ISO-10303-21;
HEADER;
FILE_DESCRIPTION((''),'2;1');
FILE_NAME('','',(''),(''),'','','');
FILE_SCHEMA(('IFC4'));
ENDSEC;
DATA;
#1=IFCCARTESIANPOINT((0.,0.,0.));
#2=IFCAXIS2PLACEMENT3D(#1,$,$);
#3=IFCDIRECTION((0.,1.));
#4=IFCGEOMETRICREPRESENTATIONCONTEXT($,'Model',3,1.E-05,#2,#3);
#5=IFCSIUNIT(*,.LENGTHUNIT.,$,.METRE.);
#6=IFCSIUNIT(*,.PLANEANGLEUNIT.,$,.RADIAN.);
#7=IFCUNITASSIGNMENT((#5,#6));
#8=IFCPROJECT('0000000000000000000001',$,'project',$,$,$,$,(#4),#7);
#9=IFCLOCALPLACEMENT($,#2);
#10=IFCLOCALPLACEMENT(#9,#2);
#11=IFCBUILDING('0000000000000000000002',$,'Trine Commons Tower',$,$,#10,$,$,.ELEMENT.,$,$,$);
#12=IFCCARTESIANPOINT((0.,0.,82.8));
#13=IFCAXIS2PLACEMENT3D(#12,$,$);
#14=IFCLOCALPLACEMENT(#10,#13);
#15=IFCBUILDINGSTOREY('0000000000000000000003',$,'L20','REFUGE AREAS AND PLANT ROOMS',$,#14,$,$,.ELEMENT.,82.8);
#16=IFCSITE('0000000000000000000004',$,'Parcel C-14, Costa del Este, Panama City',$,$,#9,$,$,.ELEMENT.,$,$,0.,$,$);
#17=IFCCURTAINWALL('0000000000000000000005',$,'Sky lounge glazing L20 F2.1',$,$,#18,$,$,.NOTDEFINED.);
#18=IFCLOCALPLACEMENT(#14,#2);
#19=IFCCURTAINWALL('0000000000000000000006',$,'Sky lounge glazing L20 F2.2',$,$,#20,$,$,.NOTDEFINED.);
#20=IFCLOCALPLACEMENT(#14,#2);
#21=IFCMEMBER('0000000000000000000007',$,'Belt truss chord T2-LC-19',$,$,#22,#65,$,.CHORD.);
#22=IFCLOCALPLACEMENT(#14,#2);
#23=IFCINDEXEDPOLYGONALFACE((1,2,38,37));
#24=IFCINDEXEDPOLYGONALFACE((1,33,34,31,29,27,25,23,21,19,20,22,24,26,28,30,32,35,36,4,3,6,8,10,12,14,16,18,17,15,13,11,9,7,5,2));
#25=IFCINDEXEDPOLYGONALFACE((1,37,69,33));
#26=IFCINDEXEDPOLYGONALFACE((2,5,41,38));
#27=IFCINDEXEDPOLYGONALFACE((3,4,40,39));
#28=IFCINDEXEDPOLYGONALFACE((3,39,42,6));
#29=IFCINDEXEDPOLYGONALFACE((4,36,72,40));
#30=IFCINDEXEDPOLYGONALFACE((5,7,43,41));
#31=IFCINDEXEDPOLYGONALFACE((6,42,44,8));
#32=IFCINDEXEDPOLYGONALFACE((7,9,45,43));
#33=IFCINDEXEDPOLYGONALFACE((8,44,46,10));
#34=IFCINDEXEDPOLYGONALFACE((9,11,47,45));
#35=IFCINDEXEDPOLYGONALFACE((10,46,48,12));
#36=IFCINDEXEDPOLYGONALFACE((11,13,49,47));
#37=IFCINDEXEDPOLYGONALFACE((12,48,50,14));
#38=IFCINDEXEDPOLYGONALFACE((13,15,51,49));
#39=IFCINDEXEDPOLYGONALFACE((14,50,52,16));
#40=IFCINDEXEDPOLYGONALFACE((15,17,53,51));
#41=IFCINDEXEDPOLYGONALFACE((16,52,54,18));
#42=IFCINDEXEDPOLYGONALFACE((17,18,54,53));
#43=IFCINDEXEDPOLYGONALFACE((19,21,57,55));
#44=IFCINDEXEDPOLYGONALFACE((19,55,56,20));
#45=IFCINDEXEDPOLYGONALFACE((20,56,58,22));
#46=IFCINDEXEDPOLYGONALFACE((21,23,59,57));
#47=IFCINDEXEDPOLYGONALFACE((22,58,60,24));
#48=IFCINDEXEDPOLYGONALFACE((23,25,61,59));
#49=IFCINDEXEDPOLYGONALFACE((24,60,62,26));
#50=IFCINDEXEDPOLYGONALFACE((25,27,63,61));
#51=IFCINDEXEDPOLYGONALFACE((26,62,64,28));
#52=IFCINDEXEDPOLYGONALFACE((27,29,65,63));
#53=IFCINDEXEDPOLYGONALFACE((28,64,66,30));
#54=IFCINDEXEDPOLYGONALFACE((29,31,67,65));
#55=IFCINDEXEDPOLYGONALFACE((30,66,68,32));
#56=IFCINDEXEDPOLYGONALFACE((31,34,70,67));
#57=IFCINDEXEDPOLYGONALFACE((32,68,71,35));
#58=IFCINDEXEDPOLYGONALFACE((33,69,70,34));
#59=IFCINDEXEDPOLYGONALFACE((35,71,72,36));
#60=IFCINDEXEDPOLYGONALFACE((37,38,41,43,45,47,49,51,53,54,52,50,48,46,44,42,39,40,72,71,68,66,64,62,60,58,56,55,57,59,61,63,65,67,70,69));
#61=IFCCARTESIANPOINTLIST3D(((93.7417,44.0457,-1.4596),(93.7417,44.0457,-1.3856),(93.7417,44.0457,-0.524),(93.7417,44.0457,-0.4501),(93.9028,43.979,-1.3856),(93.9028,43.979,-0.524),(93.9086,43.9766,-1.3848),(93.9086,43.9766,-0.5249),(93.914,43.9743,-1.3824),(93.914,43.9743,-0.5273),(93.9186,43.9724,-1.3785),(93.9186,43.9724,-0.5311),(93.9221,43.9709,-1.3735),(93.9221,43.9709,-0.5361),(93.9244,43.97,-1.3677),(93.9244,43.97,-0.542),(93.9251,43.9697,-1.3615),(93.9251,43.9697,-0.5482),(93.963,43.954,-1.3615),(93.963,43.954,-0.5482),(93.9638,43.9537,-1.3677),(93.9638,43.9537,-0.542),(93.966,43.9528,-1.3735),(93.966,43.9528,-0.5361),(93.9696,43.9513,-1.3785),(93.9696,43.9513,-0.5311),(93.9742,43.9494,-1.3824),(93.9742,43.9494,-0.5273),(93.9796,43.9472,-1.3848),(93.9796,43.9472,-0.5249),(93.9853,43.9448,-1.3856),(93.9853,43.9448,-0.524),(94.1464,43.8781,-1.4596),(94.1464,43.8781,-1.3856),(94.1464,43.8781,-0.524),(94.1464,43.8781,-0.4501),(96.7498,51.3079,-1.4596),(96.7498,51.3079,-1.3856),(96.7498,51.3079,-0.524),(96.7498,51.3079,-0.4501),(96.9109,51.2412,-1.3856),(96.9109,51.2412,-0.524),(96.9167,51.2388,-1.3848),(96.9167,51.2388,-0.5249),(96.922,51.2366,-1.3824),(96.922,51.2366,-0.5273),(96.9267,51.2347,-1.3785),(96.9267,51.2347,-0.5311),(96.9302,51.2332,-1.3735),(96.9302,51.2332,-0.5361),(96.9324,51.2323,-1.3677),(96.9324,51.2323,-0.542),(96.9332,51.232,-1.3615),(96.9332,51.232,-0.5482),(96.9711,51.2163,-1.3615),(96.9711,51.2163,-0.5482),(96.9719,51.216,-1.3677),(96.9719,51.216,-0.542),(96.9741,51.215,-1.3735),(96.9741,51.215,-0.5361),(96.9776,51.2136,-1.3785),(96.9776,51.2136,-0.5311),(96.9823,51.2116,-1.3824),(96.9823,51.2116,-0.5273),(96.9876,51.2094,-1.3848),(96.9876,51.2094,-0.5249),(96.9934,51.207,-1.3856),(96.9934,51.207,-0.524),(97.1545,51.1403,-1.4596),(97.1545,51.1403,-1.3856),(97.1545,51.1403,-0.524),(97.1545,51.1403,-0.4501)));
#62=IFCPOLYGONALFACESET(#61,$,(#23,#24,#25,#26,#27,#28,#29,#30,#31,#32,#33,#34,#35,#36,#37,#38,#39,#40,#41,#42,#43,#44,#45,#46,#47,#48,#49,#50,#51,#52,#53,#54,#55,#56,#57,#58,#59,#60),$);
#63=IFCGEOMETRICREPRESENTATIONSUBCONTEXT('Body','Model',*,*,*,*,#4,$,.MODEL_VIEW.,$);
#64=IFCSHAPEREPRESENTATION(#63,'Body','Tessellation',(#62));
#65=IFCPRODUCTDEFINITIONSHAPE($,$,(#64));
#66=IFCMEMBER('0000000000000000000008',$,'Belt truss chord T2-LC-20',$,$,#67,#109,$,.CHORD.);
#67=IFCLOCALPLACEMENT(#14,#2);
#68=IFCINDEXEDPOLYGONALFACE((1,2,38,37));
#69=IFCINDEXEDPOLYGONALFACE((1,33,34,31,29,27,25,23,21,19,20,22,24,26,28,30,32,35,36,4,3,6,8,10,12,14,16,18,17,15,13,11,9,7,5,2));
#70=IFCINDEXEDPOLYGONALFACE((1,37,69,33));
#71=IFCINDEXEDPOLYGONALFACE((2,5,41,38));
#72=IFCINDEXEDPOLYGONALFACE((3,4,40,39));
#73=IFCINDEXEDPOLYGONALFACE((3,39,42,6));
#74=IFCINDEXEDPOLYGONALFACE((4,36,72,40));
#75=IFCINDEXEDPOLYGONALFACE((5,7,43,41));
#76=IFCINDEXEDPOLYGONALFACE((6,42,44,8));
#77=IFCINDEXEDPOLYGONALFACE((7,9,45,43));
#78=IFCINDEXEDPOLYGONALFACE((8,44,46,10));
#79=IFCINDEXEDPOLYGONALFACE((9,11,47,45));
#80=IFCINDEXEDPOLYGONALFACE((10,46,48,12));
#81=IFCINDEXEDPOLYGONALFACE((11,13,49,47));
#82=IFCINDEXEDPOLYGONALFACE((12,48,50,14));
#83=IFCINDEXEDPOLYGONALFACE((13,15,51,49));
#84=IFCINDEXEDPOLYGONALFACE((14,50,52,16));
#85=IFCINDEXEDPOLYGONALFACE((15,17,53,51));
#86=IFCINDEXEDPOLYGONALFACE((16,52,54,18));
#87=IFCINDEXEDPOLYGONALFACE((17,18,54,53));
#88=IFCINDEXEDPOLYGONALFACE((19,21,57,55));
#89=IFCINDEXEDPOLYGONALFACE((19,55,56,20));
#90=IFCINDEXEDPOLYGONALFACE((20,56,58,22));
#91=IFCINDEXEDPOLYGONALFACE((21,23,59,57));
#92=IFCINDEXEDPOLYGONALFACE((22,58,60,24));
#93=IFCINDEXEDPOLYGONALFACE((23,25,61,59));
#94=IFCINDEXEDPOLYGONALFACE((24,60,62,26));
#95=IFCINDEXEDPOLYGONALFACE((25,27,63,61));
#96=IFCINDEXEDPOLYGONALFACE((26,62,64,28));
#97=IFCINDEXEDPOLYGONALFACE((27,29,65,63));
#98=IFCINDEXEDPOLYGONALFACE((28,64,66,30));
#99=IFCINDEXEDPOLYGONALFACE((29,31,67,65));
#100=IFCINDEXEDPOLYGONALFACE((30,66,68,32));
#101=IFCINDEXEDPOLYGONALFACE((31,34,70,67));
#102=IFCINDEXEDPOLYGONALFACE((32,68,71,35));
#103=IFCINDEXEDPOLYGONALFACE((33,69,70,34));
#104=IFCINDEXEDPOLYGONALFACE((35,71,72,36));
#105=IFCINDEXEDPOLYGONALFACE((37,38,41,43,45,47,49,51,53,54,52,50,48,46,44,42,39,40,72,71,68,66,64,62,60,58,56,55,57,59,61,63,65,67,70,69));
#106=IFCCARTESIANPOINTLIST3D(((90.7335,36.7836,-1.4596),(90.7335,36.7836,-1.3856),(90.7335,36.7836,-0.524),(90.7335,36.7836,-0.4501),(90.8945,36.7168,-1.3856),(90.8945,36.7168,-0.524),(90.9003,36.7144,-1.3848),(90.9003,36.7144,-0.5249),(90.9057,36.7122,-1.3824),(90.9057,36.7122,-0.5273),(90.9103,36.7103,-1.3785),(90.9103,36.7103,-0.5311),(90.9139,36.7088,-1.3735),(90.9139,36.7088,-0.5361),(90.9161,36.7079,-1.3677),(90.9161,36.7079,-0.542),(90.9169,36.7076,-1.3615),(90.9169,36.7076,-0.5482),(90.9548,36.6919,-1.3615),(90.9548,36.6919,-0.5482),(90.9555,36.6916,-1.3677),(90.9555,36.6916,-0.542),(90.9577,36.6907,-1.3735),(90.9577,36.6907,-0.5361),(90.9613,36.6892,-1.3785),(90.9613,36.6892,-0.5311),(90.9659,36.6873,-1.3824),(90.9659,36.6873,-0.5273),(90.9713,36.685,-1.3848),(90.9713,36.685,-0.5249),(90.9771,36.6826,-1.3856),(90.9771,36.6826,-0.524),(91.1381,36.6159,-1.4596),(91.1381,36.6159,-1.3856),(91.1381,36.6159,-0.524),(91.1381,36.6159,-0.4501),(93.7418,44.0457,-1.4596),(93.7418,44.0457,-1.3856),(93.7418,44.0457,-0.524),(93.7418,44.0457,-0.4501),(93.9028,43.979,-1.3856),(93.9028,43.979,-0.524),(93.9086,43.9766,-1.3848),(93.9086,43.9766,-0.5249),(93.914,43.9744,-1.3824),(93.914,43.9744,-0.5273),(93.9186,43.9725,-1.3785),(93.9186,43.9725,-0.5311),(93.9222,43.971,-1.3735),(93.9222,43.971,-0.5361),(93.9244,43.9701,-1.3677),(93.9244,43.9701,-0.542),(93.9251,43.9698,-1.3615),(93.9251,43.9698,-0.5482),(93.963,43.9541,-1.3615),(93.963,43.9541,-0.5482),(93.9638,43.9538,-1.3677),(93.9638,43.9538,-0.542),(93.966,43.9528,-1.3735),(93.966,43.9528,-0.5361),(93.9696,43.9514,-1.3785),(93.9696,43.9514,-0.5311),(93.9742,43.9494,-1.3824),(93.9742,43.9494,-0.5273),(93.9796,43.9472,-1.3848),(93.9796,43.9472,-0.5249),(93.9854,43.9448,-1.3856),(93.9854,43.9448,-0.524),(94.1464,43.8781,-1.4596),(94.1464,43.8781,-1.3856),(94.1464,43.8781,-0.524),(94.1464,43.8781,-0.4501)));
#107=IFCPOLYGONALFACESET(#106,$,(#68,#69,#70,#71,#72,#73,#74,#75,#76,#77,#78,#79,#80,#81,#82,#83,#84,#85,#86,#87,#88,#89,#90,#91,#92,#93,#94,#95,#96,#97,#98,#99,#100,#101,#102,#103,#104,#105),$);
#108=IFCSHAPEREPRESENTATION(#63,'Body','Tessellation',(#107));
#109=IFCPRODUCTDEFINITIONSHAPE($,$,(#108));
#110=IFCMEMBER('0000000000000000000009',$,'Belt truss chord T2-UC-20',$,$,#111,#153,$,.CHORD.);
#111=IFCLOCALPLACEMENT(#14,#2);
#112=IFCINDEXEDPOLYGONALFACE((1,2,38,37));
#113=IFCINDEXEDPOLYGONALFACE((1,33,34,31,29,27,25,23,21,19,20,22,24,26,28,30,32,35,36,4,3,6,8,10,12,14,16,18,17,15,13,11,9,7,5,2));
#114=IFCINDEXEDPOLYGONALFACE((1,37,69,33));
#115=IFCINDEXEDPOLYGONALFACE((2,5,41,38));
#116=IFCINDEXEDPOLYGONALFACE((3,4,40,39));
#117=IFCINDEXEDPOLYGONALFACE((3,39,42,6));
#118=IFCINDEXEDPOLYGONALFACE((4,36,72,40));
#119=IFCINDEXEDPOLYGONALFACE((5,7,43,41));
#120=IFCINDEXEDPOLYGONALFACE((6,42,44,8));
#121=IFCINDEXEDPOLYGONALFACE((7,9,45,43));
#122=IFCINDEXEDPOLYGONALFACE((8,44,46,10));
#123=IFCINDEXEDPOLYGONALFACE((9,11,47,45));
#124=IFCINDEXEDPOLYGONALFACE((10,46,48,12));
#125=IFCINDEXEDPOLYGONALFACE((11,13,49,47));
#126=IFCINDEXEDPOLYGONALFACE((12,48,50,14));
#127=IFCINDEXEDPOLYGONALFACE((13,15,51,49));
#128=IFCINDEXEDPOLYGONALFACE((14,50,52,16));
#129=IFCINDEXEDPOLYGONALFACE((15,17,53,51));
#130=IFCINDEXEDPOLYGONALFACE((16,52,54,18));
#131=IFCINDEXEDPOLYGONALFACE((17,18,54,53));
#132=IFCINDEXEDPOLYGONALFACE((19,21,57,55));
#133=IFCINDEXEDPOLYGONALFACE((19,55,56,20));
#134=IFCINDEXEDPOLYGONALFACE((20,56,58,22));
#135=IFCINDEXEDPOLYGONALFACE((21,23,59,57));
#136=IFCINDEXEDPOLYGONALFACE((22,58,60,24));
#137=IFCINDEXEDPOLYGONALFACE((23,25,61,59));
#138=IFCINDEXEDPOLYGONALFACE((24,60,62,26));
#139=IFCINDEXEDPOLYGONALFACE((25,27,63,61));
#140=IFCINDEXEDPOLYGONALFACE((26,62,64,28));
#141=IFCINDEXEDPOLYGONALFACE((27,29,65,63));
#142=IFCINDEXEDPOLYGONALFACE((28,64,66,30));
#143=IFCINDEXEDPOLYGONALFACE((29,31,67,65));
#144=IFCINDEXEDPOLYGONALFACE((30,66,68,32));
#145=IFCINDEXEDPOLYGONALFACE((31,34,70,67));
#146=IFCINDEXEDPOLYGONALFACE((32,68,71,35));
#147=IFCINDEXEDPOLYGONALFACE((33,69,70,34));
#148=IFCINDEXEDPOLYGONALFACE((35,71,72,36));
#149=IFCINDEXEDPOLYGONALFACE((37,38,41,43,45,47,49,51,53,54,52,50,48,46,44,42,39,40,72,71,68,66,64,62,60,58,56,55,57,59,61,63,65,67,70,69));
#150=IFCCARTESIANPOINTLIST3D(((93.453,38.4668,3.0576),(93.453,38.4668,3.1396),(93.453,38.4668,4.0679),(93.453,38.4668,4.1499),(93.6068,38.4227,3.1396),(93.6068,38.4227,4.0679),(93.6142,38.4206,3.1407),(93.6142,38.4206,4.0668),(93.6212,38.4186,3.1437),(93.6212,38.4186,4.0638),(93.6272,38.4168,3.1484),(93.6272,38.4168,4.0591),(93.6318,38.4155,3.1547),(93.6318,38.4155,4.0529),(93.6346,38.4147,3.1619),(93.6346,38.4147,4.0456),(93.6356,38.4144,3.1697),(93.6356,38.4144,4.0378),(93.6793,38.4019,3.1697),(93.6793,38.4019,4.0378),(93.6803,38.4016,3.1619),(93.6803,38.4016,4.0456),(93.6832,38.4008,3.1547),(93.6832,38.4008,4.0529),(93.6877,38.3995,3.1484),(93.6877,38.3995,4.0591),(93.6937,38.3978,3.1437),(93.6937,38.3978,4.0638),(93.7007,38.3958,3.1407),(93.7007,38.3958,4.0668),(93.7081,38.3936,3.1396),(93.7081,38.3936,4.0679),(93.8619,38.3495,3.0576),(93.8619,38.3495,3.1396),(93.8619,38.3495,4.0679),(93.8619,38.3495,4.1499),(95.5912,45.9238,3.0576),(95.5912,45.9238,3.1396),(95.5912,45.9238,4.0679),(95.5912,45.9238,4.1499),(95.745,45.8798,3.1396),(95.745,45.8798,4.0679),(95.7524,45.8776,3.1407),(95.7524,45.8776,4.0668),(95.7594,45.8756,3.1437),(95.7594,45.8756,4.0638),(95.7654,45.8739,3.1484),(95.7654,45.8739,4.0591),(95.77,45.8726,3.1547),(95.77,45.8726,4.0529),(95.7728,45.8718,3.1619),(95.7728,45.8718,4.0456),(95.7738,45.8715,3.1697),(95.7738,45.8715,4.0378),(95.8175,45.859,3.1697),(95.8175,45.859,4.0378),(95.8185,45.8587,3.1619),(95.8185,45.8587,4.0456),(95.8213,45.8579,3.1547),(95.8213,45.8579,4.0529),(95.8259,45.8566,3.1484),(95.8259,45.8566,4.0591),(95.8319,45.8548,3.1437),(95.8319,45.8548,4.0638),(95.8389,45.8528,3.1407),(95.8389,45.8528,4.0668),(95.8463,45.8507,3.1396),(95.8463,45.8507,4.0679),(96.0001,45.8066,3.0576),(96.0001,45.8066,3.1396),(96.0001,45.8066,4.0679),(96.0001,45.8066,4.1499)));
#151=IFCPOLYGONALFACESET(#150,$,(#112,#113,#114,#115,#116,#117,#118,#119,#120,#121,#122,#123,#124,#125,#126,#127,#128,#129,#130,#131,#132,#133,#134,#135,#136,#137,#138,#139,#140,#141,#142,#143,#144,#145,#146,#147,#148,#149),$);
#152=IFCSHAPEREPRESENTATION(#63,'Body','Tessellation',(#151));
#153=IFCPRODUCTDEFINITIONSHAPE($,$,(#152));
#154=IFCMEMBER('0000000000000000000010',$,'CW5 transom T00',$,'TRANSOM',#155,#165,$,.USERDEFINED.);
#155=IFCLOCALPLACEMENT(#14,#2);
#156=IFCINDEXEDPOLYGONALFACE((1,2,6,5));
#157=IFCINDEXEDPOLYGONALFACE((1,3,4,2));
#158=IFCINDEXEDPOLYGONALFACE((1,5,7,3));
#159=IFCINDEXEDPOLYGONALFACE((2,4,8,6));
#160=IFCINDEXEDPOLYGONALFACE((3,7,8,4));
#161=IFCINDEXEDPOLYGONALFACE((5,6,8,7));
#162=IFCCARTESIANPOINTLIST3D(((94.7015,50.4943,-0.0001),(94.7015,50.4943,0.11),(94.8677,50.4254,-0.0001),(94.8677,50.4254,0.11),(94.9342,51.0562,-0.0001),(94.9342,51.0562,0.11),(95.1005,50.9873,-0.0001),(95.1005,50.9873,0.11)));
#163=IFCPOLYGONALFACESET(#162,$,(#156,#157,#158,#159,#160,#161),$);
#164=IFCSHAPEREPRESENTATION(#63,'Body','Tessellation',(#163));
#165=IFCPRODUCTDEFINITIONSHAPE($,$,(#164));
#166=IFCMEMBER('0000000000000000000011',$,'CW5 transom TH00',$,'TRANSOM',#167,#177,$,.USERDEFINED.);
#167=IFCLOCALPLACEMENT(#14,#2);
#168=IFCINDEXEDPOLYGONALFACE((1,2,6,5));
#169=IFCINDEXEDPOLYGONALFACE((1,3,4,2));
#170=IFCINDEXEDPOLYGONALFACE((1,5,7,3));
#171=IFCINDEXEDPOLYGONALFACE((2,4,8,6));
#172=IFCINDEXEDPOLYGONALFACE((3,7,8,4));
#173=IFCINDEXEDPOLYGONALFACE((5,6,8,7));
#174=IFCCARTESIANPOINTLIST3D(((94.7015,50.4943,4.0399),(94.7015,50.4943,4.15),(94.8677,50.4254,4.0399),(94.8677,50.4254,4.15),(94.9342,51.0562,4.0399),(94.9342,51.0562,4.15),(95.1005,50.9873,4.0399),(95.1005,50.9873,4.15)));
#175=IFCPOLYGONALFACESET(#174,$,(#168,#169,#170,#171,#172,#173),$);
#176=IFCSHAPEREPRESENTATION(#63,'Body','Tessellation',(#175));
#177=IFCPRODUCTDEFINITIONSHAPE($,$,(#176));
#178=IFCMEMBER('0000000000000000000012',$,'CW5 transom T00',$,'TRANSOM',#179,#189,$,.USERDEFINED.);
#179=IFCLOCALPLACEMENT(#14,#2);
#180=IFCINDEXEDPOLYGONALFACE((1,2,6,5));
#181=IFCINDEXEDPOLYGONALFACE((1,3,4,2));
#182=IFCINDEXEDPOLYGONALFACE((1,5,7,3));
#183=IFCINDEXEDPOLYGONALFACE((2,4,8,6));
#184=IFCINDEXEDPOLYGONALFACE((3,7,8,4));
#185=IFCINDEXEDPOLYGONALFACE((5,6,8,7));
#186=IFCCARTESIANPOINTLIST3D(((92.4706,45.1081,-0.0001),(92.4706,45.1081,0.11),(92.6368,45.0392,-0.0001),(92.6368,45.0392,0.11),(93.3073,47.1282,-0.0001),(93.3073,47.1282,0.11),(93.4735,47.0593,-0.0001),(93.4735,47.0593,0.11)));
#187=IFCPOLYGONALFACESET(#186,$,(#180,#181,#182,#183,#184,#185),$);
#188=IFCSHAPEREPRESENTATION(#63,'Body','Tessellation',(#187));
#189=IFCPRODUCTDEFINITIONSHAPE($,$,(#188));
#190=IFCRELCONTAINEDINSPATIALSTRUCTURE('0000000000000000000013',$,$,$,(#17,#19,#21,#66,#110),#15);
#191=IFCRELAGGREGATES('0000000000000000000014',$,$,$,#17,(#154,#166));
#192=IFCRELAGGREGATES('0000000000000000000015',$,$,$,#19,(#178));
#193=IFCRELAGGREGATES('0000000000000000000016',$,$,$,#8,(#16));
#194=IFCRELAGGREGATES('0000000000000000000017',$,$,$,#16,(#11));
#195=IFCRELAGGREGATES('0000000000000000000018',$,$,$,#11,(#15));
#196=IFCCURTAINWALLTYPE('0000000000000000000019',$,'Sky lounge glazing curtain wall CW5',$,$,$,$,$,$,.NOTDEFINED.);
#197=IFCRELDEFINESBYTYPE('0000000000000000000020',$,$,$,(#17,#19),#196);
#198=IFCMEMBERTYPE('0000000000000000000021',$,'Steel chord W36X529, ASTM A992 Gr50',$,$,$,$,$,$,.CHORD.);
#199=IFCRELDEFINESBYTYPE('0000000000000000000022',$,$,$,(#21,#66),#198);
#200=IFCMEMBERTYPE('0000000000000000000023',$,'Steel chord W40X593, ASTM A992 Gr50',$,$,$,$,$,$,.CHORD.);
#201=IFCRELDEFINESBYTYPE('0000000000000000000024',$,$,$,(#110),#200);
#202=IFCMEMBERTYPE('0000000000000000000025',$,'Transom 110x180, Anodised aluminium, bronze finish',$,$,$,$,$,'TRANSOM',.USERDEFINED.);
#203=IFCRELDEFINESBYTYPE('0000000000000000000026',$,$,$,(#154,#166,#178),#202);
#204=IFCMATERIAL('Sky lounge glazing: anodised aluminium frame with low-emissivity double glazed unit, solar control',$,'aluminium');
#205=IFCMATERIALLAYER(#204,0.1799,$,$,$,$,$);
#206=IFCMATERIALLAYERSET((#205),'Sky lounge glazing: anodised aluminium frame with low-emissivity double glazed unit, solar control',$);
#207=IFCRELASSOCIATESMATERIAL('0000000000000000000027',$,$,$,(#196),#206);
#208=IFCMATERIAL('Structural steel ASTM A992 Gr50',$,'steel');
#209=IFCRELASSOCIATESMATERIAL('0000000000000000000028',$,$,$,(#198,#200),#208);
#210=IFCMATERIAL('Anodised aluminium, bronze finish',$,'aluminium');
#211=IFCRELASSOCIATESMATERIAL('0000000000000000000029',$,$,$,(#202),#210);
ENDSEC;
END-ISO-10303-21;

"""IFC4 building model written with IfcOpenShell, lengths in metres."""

from ifc_helpers import new_model, si_unit, direction, frame, origin, origin_2d, place, context, subcontext, project, spatial, rectangle, i_section, extrude, material, layer, layer_set, material_profile, profile_set, type_object, element, aggregate, save


model = new_model("IFC4")

# Units and contexts
model_context = context("Model", 3, precision=1e-05, world=origin(), true_north=direction((0.0, 1.0)))
body_context = subcontext(model_context, "Body", "Model", "MODEL_VIEW")
ifc_project = project(units=[si_unit("LENGTHUNIT", "METRE"), si_unit("PLANEANGLEUNIT", "RADIAN")], contexts=[model_context])

# Site, building, storey
site_placement = place(None, origin())
site = spatial("IfcSite", under=ifc_project, at=site_placement, Name="Parcel C-14, Costa del Este, Panama City", CompositionType="ELEMENT", RefElevation=0.0)
building_placement = place(site_placement, origin())
building = spatial("IfcBuilding", under=site, at=building_placement, Name="Trine Commons Tower", CompositionType="ELEMENT")
storey_placement = place(building_placement, frame((0.0, 0.0, 82.8)))
storey = spatial("IfcBuildingStorey", under=building, at=storey_placement, Name="L20", Description="REFUGE AREAS AND PLANT ROOMS", CompositionType="ELEMENT", Elevation=82.8)

# Curtain walls
ifc_material_1 = material(Name="Sky lounge glazing: anodised aluminium frame with low-emissivity double glazed unit, solar control", Category="aluminium")
ifc_layer_1 = layer(ifc_material_1, 0.1799)
ifc_layer_set_1 = layer_set([ifc_layer_1], Name="Sky lounge glazing: anodised aluminium frame with low-emissivity double glazed unit, solar control")
curtain_wall_type = type_object("IfcCurtainWallType", Name="Sky lounge glazing curtain wall CW5", PredefinedType="NOTDEFINED", material=ifc_layer_set_1)
curtain_wall_1_placement = place(storey_placement, origin())
curtain_wall_1 = element("IfcCurtainWall", 1, at=curtain_wall_1_placement, inside=storey, type_object=curtain_wall_type, Name="Sky lounge glazing L20 F2.1", PredefinedType="NOTDEFINED")
ifc_material_2 = material(Name="Anodised aluminium, bronze finish", Category="aluminium")
curtain_wall_2_placement = place(storey_placement, origin())
curtain_wall_2 = element("IfcCurtainWall", 2, at=curtain_wall_2_placement, inside=storey, type_object=curtain_wall_type, Name="Sky lounge glazing L20 F2.2", PredefinedType="NOTDEFINED")

# Members
ifc_material_3 = material(Name="Structural steel ASTM A992 Gr50", Category="steel")
ifc_material_profile_1 = material_profile(ifc_material_3, i_section(OverallWidth=0.438, OverallDepth=1.0095, WebThickness=0.041, FlangeThickness=0.074, FilletRadius=0.0242, at=origin_2d()), Name="W36X529")
ifc_profile_set_1 = profile_set([ifc_material_profile_1], Name="Structural steel ASTM A992 Gr50")
member_type_1 = type_object("IfcMemberType", Name="Steel chord W36X529, ASTM A992 Gr50", PredefinedType="CHORD", material=ifc_profile_set_1)
for number, where, z_axis, x_axis, name in (
    (3, (96.9521, 51.2241, -0.9548), (-0.382678, -0.923882, 0.0), (0.923882, -0.382678, 0.0), "Belt truss chord T2-LC-19"),
    (4, (93.9441, 43.9619, -0.9548), (-0.382705, -0.923871, 0.0), (0.923871, -0.382705, 0.0), "Belt truss chord T2-LC-20"),
):
    element("IfcMember", number, at=place(storey_placement, frame(where, z_axis=z_axis, x_axis=x_axis)), inside=storey, type_object=member_type_1, Name=name, PredefinedType="CHORD", context=body_context, shape_type="SweptSolid", body=[
        extrude(i_section(OverallWidth=0.438, OverallDepth=1.0095, WebThickness=0.041, FlangeThickness=0.074, FilletRadius=0.0242, at=origin_2d()), origin(), (0.0, 0.0, 1.0), 7.8606),
    ])
ifc_material_profile_2 = material_profile(ifc_material_3, i_section(OverallWidth=0.4253, OverallDepth=1.0923, WebThickness=0.0454, FlangeThickness=0.082, FilletRadius=0.03, at=origin_2d()), Name="W40X593")
ifc_profile_set_2 = profile_set([ifc_material_profile_2], Name="Structural steel ASTM A992 Gr50")
member_type_2 = type_object("IfcMemberType", Name="Steel chord W40X593, ASTM A992 Gr50", PredefinedType="CHORD", material=ifc_profile_set_2)
member_1_placement = place(storey_placement, frame((95.7957, 45.8652, 3.6038), z_axis=(-0.275627, -0.961265, 0.0), x_axis=(0.961265, -0.275627, 0.0)))
element("IfcMember", 5, at=member_1_placement, inside=storey, type_object=member_type_2, Name="Belt truss chord T2-UC-20", PredefinedType="CHORD", context=body_context, shape_type="SweptSolid", body=[
    extrude(i_section(OverallWidth=0.4253, OverallDepth=1.0923, WebThickness=0.0454, FlangeThickness=0.082, FilletRadius=0.03, at=origin_2d()), origin(), (0.0, 0.0, 1.0), 7.7576),
])

# Members
ifc_material_profile_3 = material_profile(ifc_material_2, rectangle(XDim=0.1799, YDim=0.1101, at=origin_2d()), Name="Transom 110x180")
ifc_profile_set_3 = profile_set([ifc_material_profile_3], Name="Anodised aluminium, bronze finish")
member_type_3 = type_object("IfcMemberType", Name="Transom 110x180, Anodised aluminium, bronze finish", ElementType="TRANSOM", PredefinedType="USERDEFINED", material=ifc_profile_set_3)
member_2_placement = place(storey_placement, frame((95.0173, 51.0217, 0.0549), z_axis=(-0.382647, -0.923894, 0.0), x_axis=(0.923894, -0.382647, 0.0)))
member_2 = element("IfcMember", 6, at=member_2_placement, type_object=member_type_3, Name="CW5 transom T00", ObjectType="TRANSOM", PredefinedType="USERDEFINED", context=body_context, shape_type="SweptSolid", body=[
    extrude(rectangle(XDim=0.1799, YDim=0.1101, at=origin_2d()), origin(), (0.0, 0.0, 1.0), 0.6082),
])
member_3_placement = place(storey_placement, frame((95.0173, 51.0217, 4.095), z_axis=(-0.382647, -0.923894, 0.0), x_axis=(0.923894, -0.382647, 0.0)))
member_3 = element("IfcMember", 7, at=member_3_placement, type_object=member_type_3, Name="CW5 transom TH00", ObjectType="TRANSOM", PredefinedType="USERDEFINED", context=body_context, shape_type="SweptSolid", body=[
    extrude(rectangle(XDim=0.1799, YDim=0.1101, at=origin_2d()), origin(), (0.0, 0.0, 1.0), 0.6082),
])
member_4_placement = place(storey_placement, frame((93.3904, 47.0938, 0.0549), z_axis=(-0.382664, -0.923888, 0.0), x_axis=(0.923888, -0.382664, 0.0)))
member_4 = element("IfcMember", 8, at=member_4_placement, type_object=member_type_3, Name="CW5 transom T00", ObjectType="TRANSOM", PredefinedType="USERDEFINED", context=body_context, shape_type="SweptSolid", body=[
    extrude(rectangle(XDim=0.1799, YDim=0.1101, at=origin_2d()), origin(), (0.0, 0.0, 1.0), 2.1865),
])

aggregate(curtain_wall_1, [member_2, member_3])
aggregate(curtain_wall_2, [member_4])

save(model, "model.ifc")
